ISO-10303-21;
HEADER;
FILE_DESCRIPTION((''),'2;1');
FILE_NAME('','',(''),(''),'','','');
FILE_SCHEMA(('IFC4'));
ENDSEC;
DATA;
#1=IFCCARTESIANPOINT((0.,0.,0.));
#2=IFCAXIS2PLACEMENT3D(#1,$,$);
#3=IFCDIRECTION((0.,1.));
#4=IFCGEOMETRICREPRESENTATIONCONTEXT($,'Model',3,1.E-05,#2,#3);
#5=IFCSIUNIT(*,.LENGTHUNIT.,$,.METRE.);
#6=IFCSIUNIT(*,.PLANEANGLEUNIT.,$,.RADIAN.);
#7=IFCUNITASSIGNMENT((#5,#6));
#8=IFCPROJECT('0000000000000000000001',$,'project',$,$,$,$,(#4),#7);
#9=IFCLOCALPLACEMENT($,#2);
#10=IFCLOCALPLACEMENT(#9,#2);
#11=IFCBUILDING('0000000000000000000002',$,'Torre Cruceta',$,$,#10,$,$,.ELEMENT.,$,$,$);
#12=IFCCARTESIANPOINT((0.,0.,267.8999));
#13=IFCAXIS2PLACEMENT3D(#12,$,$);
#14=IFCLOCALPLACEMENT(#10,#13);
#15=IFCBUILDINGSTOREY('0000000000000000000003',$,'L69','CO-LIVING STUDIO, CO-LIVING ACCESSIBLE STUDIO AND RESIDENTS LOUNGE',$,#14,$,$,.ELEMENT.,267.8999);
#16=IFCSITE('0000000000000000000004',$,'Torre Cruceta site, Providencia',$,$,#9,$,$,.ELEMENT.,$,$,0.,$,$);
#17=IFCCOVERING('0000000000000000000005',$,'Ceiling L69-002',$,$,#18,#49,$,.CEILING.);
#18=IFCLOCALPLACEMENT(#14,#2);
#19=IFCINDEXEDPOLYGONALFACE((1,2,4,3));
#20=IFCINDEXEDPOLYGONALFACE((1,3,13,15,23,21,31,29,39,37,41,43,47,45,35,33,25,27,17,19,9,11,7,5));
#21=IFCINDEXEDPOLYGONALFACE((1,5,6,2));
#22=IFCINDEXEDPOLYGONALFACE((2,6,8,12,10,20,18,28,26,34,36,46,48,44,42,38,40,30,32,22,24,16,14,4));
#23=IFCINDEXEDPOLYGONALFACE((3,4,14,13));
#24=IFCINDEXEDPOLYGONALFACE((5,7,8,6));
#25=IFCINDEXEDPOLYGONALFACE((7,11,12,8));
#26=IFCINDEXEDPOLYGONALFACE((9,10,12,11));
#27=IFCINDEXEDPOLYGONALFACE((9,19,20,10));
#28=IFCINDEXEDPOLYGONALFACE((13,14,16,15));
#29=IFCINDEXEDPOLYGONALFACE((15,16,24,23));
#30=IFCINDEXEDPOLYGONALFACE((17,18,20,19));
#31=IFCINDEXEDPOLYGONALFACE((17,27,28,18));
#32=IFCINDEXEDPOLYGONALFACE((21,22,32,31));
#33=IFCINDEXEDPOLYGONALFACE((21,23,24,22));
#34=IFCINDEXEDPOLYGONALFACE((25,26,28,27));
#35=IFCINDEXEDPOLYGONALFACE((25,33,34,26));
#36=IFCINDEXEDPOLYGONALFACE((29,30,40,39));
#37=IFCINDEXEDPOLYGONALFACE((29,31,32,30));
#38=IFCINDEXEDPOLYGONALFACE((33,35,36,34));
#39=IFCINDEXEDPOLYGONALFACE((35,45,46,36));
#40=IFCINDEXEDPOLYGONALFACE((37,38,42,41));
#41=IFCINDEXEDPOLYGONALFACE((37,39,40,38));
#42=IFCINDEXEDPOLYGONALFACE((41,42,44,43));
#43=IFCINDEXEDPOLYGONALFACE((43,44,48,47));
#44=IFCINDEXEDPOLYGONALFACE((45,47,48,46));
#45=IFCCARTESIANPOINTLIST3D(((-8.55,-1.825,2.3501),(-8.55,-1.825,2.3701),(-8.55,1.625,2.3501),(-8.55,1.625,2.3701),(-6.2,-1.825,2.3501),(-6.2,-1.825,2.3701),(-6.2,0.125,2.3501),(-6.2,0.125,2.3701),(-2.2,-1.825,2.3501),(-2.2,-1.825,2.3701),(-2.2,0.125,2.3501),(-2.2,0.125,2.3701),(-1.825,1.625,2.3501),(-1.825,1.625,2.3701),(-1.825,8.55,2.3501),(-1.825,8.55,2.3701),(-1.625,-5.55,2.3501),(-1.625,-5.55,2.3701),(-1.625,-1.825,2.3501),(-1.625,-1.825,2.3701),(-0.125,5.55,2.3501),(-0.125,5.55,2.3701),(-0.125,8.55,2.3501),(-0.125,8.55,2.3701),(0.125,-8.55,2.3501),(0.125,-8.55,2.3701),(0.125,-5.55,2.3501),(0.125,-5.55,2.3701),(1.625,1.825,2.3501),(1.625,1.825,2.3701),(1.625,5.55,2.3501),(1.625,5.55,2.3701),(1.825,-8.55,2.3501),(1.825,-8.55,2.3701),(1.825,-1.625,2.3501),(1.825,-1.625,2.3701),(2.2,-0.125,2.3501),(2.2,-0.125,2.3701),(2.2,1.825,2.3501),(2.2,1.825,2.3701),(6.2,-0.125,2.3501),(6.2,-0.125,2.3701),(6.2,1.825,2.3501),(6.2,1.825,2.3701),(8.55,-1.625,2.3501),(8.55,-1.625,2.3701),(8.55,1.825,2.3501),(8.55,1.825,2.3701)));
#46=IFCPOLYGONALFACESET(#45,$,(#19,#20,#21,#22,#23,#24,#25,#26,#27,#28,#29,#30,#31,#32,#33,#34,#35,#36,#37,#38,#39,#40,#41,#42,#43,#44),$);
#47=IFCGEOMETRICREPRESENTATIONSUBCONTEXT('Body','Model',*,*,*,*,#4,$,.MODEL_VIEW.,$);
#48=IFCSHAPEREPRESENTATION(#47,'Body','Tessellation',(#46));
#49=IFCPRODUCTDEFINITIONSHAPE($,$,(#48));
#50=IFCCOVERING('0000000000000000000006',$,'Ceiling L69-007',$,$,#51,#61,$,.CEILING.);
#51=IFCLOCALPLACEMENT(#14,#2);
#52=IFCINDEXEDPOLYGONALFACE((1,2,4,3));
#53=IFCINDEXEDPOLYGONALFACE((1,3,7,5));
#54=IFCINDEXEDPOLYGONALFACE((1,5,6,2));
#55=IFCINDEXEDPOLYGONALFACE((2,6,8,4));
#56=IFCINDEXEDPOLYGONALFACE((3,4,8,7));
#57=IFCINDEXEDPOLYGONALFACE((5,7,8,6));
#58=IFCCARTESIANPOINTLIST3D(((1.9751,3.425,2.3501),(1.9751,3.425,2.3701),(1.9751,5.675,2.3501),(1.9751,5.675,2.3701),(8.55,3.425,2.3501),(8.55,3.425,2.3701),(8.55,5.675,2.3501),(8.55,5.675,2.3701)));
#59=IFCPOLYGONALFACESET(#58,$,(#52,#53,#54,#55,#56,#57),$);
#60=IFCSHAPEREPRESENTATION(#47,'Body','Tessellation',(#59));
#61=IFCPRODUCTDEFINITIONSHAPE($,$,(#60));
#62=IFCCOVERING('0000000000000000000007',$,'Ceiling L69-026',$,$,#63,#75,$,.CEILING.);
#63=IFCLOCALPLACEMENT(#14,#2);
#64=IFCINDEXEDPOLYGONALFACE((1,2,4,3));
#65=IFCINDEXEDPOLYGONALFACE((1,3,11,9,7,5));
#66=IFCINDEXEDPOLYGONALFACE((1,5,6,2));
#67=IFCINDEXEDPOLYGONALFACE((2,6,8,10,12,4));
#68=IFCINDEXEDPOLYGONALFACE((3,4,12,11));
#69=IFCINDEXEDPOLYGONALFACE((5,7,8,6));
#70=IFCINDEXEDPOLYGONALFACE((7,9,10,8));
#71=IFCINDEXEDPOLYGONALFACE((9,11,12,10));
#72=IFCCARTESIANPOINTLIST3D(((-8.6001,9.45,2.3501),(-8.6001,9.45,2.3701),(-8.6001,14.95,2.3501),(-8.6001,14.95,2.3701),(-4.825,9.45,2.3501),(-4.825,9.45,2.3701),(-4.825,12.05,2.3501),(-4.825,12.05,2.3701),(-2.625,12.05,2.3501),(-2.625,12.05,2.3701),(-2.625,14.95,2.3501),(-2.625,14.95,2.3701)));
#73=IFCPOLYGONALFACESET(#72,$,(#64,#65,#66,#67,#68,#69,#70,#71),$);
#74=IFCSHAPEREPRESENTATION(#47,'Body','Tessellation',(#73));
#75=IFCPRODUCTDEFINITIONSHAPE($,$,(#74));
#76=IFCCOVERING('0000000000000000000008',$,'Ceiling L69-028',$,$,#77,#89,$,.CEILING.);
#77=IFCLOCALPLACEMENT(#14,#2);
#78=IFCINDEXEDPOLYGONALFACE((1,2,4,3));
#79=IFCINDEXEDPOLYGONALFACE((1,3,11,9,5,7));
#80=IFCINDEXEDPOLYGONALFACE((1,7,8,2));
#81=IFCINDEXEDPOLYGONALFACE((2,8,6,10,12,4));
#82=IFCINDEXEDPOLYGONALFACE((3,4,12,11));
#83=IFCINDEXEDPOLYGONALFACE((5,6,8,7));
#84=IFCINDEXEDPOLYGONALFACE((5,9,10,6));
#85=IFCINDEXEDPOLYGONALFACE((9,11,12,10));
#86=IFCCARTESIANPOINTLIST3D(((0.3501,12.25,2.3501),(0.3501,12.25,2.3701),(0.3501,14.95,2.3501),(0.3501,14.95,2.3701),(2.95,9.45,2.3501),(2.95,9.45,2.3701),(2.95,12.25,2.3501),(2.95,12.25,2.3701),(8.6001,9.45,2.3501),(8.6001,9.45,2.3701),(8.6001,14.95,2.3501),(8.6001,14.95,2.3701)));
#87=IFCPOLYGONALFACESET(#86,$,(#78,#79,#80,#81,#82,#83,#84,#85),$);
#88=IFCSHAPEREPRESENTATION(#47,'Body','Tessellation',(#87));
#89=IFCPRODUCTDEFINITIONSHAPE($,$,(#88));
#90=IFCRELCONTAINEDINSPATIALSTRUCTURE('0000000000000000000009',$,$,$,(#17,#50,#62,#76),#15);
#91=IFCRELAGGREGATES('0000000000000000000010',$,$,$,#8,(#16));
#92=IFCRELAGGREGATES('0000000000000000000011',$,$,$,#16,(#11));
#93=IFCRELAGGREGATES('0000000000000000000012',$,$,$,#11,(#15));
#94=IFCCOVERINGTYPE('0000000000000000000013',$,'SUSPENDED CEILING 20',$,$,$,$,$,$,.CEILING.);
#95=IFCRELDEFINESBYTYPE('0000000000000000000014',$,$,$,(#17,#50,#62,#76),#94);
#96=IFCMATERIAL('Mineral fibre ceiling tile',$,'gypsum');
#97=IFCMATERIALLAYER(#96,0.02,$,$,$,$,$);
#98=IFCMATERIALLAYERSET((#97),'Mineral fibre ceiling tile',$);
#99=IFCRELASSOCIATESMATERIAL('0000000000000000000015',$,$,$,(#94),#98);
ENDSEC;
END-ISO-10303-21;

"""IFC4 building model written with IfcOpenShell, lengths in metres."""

from ifc_helpers import new_model, si_unit, direction, frame, origin, place, context, subcontext, project, spatial, polyline, outline, extrude, material, layer, layer_set, type_object, element, save


model = new_model("IFC4")

# Units and contexts
model_context = context("Model", 3, precision=1e-05, world=origin(), true_north=direction((0.0, 1.0)))
body_context = subcontext(model_context, "Body", "Model", "MODEL_VIEW")
ifc_project = project(units=[si_unit("LENGTHUNIT", "METRE"), si_unit("PLANEANGLEUNIT", "RADIAN")], contexts=[model_context])

# Site, building, storey
site_placement = place(None, origin())
site = spatial("IfcSite", under=ifc_project, at=site_placement, Name="Torre Cruceta site, Providencia", CompositionType="ELEMENT", RefElevation=0.0)
building_placement = place(site_placement, origin())
building = spatial("IfcBuilding", under=site, at=building_placement, Name="Torre Cruceta", CompositionType="ELEMENT")
storey_placement = place(building_placement, frame((0.0, 0.0, 267.8999)))
storey = spatial("IfcBuildingStorey", under=building, at=storey_placement, Name="L69", Description="CO-LIVING STUDIO, CO-LIVING ACCESSIBLE STUDIO AND RESIDENTS LOUNGE", CompositionType="ELEMENT", Elevation=267.8999)

# Coverings
ifc_material_1 = material(Name="Mineral fibre ceiling tile", Category="gypsum")
ifc_layer_1 = layer(ifc_material_1, 0.02)
ifc_layer_set_1 = layer_set([ifc_layer_1], Name="Mineral fibre ceiling tile")
covering_type = type_object("IfcCoveringType", Name="SUSPENDED CEILING 20", PredefinedType="CEILING", material=ifc_layer_set_1)
covering_1_placement = place(storey_placement, frame((0.0, 0.0, 2.3501)))
element("IfcCovering", 1, at=covering_1_placement, inside=storey, type_object=covering_type, Name="Ceiling L69-002", PredefinedType="CEILING", context=body_context, shape_type="SweptSolid", body=[
    extrude(outline(polyline([(1.825, -8.55), (0.125, -8.55), (0.125, -5.55), (-1.625, -5.55), (-1.625, -1.825), (-2.2, -1.825), (-2.2, 0.125), (-6.2, 0.125), (-6.2, -1.825), (-8.55, -1.825), (-8.55, 1.625), (-1.825, 1.625), (-1.825, 8.55), (-0.125, 8.55), (-0.125, 5.55), (1.625, 5.55), (1.625, 1.825), (2.2, 1.825), (2.2, -0.125), (6.2, -0.125), (6.2, 1.825), (8.55, 1.825), (8.55, -1.625), (1.825, -1.625), (1.825, -8.55)])), origin(), (0.0, 0.0, 1.0), 0.02),
])
covering_2_placement = place(storey_placement, frame((0.0, 0.0, 2.3501)))
element("IfcCovering", 2, at=covering_2_placement, inside=storey, type_object=covering_type, Name="Ceiling L69-007", PredefinedType="CEILING", context=body_context, shape_type="SweptSolid", body=[
    extrude(outline(polyline([(1.9751, 3.425), (1.9751, 5.675), (8.55, 5.675), (8.55, 3.425), (1.9751, 3.425)])), origin(), (0.0, 0.0, 1.0), 0.02),
])
covering_3_placement = place(storey_placement, frame((0.0, 0.0, 2.3501)))
element("IfcCovering", 3, at=covering_3_placement, inside=storey, type_object=covering_type, Name="Ceiling L69-026", PredefinedType="CEILING", context=body_context, shape_type="SweptSolid", body=[
    extrude(outline(polyline([(-8.6001, 9.45), (-8.6001, 14.95), (-2.625, 14.95), (-2.625, 12.05), (-4.825, 12.05), (-4.825, 9.45), (-8.6001, 9.45)])), origin(), (0.0, 0.0, 1.0), 0.02),
])
covering_4_placement = place(storey_placement, frame((0.0, 0.0, 2.3501)))
element("IfcCovering", 4, at=covering_4_placement, inside=storey, type_object=covering_type, Name="Ceiling L69-028", PredefinedType="CEILING", context=body_context, shape_type="SweptSolid", body=[
    extrude(outline(polyline([(0.3501, 14.95), (8.6001, 14.95), (8.6001, 9.45), (2.95, 9.45), (2.95, 12.25), (0.3501, 12.25), (0.3501, 14.95)])), origin(), (0.0, 0.0, 1.0), 0.02),
])

save(model, "model.ifc")
